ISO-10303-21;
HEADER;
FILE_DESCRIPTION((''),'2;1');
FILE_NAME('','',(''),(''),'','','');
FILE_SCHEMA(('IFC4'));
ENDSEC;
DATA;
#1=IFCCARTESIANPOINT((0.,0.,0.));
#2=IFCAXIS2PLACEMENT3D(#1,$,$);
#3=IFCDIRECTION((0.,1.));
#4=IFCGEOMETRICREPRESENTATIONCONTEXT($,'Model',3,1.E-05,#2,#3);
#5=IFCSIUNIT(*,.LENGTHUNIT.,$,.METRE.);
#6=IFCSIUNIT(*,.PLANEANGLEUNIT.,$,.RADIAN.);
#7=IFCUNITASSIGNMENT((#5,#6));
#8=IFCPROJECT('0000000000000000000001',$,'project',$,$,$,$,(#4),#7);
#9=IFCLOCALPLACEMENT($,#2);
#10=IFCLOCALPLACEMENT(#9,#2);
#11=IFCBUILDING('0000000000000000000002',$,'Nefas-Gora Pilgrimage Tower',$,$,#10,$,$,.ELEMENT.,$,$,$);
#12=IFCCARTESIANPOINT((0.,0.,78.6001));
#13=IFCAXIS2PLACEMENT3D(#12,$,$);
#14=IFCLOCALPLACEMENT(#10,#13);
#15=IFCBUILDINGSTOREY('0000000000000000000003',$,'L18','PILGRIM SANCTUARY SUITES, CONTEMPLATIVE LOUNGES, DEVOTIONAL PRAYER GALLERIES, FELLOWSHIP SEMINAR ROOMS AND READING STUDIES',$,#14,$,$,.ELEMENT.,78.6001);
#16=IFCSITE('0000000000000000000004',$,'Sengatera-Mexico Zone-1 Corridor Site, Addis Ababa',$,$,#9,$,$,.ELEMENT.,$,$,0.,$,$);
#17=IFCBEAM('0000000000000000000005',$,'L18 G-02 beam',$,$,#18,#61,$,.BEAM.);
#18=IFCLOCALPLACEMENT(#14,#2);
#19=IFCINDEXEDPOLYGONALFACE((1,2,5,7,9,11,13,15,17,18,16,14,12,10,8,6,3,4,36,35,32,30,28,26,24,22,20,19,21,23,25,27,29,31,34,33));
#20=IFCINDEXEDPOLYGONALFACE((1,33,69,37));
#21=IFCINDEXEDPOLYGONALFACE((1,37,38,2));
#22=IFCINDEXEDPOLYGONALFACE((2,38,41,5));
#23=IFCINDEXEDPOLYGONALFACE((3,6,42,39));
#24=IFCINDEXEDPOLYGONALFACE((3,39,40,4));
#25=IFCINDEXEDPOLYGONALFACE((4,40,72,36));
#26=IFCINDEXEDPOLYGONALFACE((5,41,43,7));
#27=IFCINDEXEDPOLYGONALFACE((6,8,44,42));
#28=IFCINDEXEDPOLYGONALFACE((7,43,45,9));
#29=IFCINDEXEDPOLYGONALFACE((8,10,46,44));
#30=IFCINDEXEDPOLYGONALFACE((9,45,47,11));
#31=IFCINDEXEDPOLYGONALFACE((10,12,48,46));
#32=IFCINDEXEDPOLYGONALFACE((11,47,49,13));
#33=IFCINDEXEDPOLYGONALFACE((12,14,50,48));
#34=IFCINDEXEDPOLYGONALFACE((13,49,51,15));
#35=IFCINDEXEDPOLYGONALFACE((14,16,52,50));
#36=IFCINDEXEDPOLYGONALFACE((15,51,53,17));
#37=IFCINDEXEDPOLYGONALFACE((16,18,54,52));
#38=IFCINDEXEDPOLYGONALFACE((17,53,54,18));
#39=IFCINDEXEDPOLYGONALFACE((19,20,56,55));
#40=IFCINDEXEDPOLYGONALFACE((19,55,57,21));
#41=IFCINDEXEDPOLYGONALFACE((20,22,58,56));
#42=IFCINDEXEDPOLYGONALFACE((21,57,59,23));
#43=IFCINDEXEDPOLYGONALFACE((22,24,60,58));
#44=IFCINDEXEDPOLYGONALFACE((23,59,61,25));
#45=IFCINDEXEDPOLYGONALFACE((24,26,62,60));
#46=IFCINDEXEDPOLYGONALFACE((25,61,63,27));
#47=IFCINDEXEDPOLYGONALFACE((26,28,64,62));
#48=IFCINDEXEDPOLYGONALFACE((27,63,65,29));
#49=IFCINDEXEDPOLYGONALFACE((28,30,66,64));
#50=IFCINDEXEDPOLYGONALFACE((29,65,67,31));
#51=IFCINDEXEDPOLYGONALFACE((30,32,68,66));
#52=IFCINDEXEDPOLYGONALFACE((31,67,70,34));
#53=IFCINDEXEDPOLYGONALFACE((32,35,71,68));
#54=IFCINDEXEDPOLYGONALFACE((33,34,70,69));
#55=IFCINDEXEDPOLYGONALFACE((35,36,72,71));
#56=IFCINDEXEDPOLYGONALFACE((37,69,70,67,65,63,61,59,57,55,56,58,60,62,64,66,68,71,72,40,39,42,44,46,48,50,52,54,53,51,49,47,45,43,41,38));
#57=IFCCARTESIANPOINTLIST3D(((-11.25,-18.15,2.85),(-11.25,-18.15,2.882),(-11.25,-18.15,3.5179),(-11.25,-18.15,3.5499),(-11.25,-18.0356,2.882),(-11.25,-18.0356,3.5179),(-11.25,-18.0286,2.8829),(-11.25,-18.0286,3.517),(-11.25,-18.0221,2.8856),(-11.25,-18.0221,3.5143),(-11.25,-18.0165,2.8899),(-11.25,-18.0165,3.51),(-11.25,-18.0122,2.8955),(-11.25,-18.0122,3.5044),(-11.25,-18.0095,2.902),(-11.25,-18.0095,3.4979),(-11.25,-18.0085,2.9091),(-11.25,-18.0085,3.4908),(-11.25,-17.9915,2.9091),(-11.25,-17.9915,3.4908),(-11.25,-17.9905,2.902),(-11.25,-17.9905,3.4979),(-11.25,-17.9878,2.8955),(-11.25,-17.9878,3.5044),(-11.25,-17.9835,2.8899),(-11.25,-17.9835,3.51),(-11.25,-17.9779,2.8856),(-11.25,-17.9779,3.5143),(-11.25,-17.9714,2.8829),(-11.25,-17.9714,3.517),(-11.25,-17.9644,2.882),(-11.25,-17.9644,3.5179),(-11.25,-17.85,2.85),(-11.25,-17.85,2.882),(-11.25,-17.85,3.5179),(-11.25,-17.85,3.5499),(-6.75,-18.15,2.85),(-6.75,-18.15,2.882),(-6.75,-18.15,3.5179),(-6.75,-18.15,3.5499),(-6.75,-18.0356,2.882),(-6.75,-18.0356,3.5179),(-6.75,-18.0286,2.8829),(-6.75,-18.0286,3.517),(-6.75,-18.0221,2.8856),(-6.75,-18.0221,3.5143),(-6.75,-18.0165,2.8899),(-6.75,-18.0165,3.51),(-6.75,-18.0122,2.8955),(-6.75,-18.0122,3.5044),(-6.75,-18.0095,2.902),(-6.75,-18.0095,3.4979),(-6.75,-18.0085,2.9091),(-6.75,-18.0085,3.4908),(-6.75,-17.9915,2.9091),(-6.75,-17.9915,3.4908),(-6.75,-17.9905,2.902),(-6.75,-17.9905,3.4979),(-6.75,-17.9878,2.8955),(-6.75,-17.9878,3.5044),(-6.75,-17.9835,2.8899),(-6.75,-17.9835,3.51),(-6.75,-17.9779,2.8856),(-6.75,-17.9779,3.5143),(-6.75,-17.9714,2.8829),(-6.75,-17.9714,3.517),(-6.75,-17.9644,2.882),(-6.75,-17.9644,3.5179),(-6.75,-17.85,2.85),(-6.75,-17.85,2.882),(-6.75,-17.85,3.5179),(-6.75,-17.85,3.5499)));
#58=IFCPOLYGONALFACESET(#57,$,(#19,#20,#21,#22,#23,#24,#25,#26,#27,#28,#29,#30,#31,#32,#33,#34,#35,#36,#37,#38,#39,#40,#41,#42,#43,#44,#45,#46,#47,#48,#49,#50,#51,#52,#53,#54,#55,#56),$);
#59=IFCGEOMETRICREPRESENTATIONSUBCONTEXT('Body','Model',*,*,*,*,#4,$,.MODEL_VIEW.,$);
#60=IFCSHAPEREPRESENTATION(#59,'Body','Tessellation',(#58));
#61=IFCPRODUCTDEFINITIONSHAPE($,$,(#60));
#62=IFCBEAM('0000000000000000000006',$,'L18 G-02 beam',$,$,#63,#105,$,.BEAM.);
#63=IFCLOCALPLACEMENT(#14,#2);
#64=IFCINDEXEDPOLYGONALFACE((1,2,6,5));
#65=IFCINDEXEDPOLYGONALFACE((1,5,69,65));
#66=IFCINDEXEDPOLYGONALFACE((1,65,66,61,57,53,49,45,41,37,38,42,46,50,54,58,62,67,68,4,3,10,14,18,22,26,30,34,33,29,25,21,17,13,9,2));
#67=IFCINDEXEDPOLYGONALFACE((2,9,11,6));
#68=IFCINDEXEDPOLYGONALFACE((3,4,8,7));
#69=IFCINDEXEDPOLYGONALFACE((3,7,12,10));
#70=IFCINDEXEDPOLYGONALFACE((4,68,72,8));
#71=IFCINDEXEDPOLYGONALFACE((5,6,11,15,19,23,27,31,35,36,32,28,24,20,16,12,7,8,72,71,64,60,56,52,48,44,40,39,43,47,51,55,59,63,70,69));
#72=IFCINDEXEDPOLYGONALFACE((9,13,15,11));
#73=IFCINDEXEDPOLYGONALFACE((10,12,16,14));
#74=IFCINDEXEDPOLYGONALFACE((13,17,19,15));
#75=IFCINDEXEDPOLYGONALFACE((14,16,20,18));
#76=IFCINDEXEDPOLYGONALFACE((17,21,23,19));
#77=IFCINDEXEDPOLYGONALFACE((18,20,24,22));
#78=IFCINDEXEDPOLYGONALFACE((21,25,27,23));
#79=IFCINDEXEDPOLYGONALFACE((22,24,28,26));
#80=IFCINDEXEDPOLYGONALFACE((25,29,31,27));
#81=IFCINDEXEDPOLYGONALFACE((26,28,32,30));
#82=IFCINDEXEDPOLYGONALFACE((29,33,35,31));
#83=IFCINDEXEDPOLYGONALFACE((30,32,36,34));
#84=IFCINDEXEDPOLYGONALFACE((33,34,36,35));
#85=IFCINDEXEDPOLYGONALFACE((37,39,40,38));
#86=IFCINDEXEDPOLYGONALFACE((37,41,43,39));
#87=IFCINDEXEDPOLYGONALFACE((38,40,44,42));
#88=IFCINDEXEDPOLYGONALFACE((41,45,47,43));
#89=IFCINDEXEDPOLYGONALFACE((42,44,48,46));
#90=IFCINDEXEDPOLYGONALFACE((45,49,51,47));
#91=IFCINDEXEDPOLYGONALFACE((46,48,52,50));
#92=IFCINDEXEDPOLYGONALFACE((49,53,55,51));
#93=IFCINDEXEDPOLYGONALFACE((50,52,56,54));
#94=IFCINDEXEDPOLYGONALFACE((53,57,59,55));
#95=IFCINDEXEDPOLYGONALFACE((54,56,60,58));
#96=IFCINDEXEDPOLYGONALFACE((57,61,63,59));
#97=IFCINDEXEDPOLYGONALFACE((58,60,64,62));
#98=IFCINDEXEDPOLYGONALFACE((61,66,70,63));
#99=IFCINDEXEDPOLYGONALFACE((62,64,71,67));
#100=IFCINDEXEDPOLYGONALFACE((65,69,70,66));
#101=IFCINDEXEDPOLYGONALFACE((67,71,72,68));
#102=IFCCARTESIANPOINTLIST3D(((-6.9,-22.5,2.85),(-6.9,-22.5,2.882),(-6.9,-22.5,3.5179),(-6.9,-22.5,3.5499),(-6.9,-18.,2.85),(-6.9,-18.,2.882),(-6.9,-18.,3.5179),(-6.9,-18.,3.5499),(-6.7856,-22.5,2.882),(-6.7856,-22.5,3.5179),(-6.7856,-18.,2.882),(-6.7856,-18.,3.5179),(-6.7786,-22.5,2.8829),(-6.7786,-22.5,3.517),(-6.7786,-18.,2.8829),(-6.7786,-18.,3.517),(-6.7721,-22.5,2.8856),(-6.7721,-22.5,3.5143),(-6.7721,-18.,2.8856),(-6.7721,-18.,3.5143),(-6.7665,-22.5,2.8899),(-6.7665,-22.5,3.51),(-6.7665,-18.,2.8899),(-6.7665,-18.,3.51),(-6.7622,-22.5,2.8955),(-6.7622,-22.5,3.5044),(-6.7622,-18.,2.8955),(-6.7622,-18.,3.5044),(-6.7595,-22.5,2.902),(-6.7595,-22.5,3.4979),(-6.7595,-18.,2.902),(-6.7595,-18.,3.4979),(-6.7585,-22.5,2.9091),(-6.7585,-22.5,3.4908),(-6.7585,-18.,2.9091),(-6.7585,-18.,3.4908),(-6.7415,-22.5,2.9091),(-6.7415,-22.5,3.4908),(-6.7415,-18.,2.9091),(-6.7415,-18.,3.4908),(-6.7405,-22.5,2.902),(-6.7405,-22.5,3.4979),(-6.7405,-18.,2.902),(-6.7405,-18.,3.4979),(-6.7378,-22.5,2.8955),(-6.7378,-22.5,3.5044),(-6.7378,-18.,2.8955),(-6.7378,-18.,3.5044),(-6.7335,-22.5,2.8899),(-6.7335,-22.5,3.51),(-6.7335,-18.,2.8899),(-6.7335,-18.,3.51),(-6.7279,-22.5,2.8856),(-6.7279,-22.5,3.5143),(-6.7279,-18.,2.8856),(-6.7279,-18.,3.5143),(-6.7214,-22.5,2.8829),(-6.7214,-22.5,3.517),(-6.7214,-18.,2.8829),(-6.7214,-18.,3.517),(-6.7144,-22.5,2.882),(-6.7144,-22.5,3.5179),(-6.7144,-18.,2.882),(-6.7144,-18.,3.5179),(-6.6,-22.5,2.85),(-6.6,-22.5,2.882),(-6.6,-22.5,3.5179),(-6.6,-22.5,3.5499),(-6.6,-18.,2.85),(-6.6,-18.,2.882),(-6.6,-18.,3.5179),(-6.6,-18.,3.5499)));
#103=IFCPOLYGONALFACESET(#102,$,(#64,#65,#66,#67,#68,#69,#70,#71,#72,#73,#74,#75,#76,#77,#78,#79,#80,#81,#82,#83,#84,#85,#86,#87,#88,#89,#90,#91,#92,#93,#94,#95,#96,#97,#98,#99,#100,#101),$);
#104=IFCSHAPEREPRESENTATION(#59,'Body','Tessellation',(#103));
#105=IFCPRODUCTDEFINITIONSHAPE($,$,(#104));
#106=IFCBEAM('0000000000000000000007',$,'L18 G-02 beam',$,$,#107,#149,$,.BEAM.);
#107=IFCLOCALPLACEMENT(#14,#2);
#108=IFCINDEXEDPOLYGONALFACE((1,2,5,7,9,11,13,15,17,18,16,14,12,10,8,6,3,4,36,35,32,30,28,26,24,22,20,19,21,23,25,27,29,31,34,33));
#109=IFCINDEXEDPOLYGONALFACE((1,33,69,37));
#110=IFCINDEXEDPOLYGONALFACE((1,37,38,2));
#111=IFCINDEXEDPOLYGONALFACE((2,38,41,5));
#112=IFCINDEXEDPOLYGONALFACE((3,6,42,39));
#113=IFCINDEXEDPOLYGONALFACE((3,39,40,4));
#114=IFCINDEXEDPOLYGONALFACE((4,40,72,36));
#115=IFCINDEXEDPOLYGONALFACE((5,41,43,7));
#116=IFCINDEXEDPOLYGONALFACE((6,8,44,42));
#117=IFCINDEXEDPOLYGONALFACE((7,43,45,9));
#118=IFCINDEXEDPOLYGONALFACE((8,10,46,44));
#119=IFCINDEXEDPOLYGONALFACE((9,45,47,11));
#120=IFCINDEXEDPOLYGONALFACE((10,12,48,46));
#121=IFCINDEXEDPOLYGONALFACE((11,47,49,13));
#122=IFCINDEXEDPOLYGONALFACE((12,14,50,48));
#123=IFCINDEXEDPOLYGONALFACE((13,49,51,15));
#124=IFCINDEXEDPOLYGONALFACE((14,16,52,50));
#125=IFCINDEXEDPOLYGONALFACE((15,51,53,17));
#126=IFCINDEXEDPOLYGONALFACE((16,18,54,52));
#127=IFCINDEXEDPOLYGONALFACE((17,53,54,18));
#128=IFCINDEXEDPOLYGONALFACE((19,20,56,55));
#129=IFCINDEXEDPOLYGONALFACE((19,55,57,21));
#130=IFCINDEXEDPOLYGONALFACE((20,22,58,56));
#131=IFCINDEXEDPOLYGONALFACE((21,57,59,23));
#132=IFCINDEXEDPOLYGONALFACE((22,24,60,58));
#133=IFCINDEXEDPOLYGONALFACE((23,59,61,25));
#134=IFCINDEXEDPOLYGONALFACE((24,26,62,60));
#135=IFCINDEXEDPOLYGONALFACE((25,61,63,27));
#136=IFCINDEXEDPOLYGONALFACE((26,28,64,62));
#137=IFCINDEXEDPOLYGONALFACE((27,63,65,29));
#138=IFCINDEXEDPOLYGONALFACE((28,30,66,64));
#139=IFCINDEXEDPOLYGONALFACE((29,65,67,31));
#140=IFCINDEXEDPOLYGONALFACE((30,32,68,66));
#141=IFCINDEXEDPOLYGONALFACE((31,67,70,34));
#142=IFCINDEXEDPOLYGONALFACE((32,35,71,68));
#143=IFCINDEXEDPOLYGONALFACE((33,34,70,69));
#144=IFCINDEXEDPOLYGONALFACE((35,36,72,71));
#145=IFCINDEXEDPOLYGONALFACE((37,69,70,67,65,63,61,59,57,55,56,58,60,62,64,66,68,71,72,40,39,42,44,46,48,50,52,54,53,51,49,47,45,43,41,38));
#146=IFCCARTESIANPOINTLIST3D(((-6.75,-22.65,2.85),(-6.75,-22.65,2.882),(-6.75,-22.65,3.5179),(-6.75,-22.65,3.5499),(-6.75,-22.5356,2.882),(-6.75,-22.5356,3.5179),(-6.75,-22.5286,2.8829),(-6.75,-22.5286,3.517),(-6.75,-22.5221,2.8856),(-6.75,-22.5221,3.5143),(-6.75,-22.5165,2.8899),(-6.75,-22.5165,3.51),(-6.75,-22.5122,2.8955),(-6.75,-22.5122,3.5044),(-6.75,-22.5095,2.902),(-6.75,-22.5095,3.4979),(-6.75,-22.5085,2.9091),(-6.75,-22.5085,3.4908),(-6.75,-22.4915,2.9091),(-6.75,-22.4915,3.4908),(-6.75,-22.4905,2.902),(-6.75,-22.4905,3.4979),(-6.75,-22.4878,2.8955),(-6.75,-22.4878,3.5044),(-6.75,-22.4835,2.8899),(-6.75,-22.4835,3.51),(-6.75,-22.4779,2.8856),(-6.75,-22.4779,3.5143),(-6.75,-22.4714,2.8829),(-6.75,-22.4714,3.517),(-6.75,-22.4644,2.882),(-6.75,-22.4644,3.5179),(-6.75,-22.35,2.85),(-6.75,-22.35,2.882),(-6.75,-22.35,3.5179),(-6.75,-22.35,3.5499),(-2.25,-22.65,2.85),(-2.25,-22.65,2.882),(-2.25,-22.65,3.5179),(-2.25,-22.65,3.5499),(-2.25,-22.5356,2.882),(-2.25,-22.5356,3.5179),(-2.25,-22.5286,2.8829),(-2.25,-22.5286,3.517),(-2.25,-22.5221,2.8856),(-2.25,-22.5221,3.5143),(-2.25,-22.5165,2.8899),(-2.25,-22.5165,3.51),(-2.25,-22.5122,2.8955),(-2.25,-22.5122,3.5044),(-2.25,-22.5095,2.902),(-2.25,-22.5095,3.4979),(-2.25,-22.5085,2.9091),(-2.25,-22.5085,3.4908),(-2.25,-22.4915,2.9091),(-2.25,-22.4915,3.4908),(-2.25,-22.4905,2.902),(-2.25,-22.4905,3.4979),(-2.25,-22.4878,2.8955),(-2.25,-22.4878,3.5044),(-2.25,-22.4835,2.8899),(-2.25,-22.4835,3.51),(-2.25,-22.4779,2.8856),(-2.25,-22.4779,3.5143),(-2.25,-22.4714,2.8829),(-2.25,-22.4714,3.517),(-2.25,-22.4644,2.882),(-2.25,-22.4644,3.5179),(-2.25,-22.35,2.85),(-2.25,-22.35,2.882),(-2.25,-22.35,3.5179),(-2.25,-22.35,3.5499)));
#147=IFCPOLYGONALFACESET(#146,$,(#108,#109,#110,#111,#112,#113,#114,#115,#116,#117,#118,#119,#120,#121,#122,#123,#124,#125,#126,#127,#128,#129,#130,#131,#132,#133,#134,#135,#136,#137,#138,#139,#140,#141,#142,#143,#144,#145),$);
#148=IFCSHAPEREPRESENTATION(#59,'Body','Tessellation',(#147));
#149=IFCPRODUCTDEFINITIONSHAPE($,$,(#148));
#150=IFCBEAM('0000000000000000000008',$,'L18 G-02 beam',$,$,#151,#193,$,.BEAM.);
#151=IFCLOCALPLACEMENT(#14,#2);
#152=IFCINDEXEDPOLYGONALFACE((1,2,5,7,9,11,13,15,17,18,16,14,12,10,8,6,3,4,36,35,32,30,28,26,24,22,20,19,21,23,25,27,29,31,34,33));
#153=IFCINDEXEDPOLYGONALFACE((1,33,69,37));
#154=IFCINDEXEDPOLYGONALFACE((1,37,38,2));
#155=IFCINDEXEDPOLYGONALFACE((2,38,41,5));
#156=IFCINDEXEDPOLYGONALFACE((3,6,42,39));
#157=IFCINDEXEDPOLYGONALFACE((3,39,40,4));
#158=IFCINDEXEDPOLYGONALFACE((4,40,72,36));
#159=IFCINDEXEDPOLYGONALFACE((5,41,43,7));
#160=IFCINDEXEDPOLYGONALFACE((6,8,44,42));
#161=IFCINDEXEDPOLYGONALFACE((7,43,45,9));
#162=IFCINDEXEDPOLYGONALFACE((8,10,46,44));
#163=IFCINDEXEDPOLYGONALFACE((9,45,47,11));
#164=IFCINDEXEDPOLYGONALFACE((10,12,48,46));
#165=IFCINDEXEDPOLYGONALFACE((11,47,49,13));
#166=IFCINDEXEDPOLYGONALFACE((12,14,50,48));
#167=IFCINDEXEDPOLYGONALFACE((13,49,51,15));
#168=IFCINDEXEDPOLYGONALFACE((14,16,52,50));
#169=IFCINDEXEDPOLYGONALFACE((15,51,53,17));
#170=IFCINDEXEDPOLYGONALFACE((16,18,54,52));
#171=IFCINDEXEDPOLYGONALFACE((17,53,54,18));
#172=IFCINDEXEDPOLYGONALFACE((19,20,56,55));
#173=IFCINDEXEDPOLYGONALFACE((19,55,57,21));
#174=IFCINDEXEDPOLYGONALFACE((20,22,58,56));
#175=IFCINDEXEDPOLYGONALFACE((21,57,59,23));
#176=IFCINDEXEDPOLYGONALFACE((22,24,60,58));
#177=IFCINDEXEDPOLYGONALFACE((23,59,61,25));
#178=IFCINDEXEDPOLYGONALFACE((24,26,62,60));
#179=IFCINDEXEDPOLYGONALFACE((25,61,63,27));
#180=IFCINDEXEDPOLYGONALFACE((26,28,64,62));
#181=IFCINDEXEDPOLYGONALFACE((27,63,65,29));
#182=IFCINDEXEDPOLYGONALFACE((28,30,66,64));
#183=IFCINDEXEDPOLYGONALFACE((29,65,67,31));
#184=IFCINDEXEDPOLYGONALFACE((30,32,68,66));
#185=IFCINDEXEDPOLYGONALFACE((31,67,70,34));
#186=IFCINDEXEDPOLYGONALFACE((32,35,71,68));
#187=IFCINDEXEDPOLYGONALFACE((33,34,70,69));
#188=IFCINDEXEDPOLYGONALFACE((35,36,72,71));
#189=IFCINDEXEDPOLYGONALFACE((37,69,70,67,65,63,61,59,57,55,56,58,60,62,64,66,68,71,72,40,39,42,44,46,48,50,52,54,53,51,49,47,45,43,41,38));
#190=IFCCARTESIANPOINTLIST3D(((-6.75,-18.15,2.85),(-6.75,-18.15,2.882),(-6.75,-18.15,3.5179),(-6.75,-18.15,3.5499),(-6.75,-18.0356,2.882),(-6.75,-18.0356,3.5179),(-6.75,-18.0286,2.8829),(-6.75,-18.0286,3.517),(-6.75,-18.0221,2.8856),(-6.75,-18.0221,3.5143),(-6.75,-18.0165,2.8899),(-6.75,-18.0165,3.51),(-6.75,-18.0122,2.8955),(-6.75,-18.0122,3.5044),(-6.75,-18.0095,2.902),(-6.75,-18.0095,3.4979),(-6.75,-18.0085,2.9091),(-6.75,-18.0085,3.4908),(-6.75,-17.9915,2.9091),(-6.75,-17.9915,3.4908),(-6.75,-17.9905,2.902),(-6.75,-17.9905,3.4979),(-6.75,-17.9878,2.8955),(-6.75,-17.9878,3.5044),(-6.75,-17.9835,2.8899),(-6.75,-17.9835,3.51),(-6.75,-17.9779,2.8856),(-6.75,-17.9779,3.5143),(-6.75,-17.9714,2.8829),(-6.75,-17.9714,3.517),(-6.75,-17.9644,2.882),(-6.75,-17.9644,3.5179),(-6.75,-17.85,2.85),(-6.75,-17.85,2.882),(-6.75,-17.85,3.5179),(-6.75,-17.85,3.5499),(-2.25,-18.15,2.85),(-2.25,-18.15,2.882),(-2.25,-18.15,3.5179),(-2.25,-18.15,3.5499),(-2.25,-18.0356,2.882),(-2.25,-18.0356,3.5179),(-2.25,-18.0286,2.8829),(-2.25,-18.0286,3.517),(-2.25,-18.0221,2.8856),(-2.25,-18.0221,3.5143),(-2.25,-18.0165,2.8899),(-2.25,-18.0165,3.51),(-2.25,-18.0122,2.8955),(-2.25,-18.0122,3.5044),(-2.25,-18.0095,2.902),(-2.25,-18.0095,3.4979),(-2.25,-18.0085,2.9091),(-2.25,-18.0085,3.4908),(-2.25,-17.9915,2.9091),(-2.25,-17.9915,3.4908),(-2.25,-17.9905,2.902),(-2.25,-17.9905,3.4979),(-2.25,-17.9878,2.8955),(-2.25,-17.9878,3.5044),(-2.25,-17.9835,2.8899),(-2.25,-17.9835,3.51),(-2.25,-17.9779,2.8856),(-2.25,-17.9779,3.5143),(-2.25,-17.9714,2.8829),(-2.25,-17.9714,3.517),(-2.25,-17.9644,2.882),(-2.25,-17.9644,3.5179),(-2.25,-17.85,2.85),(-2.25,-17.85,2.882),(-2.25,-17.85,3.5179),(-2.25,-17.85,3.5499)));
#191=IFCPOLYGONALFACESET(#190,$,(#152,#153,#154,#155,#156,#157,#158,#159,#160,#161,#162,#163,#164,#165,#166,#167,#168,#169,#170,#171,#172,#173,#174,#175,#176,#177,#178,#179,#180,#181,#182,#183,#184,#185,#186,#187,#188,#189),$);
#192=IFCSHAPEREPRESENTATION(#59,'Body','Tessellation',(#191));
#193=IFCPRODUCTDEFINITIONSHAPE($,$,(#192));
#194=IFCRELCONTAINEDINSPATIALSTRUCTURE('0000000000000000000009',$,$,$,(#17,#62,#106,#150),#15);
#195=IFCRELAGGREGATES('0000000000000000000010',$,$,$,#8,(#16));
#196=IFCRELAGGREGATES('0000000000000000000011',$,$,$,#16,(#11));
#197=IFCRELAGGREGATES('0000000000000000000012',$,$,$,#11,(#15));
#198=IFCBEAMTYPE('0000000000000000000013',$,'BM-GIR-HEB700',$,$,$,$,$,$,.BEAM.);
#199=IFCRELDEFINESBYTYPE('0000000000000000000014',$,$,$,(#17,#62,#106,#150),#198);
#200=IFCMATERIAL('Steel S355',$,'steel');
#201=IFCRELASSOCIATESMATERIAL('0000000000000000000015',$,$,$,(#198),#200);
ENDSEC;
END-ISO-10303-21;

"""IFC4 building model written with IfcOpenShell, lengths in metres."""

from ifc_helpers import new_model, si_unit, direction, frame, origin, origin_2d, place, context, subcontext, project, spatial, i_section, extrude, source, transform, mapped, material, material_profile, profile_set, type_object, element, save


model = new_model("IFC4")

# Units and contexts
model_context = context("Model", 3, precision=1e-05, world=origin(), true_north=direction((0.0, 1.0)))
body_context = subcontext(model_context, "Body", "Model", "MODEL_VIEW")
ifc_project = project(units=[si_unit("LENGTHUNIT", "METRE"), si_unit("PLANEANGLEUNIT", "RADIAN")], contexts=[model_context])

# Site, building, storey
site_placement = place(None, origin())
site = spatial("IfcSite", under=ifc_project, at=site_placement, Name="Sengatera-Mexico Zone-1 Corridor Site, Addis Ababa", CompositionType="ELEMENT", RefElevation=0.0)
building_placement = place(site_placement, origin())
building = spatial("IfcBuilding", under=site, at=building_placement, Name="Nefas-Gora Pilgrimage Tower", CompositionType="ELEMENT")
storey_placement = place(building_placement, frame((0.0, 0.0, 78.6001)))
storey = spatial("IfcBuildingStorey", under=building, at=storey_placement, Name="L18", Description="PILGRIM SANCTUARY SUITES, CONTEMPLATIVE LOUNGES, DEVOTIONAL PRAYER GALLERIES, FELLOWSHIP SEMINAR ROOMS AND READING STUDIES", CompositionType="ELEMENT", Elevation=78.6001)

# Beams
ifc_material_1 = material(Name="Steel S355", Category="steel")
ifc_material_profile_1 = material_profile(ifc_material_1, i_section(OverallWidth=0.3, OverallDepth=0.7, WebThickness=0.0171, FlangeThickness=0.032, FilletRadius=0.0271, at=origin_2d()), Name="HEB 700")
ifc_profile_set_1 = profile_set([ifc_material_profile_1], Name="Steel S355")
beam_type = type_object("IfcBeamType", Name="BM-GIR-HEB700", PredefinedType="BEAM", material=ifc_profile_set_1)
shared_shape_1 = source(origin(), body_context, "Body", "SweptSolid", [
    extrude(i_section(OverallWidth=0.3, OverallDepth=0.7, WebThickness=0.0171, FlangeThickness=0.032, FilletRadius=0.0271, at=origin_2d()), origin(), (0.0, 0.0, 1.0), 4.5),
])
for number, where, z_axis, x_axis, name in (
    (1, (-11.25, -18.0, 3.2), (1.0, 0.0, 0.0), (0.0, 1.0, 0.0), "L18 G-02 beam"),
    (2, (-6.75, -22.5, 3.2), (0.0, 1.0, 0.0), (-1.0, 0.0, 0.0), "L18 G-02 beam"),
    (3, (-6.75, -22.5, 3.2), (1.0, 0.0, 0.0), (0.0, 1.0, 0.0), "L18 G-02 beam"),
    (4, (-6.75, -18.0, 3.2), (1.0, 0.0, 0.0), (0.0, 1.0, 0.0), "L18 G-02 beam"),
):
    element("IfcBeam", number, at=place(storey_placement, frame(where, z_axis=z_axis, x_axis=x_axis)), inside=storey, type_object=beam_type, Name=name, PredefinedType="BEAM", context=body_context, shape_type="MappedRepresentation", body=[
        mapped(shared_shape_1, transform((0.0, 0.0, 0.0), x_axis=(1.0, 0.0, 0.0), y_axis=(0.0, 1.0, 0.0), z_axis=(0.0, 0.0, 1.0), scale=1.0)),
    ])

save(model, "model.ifc")
